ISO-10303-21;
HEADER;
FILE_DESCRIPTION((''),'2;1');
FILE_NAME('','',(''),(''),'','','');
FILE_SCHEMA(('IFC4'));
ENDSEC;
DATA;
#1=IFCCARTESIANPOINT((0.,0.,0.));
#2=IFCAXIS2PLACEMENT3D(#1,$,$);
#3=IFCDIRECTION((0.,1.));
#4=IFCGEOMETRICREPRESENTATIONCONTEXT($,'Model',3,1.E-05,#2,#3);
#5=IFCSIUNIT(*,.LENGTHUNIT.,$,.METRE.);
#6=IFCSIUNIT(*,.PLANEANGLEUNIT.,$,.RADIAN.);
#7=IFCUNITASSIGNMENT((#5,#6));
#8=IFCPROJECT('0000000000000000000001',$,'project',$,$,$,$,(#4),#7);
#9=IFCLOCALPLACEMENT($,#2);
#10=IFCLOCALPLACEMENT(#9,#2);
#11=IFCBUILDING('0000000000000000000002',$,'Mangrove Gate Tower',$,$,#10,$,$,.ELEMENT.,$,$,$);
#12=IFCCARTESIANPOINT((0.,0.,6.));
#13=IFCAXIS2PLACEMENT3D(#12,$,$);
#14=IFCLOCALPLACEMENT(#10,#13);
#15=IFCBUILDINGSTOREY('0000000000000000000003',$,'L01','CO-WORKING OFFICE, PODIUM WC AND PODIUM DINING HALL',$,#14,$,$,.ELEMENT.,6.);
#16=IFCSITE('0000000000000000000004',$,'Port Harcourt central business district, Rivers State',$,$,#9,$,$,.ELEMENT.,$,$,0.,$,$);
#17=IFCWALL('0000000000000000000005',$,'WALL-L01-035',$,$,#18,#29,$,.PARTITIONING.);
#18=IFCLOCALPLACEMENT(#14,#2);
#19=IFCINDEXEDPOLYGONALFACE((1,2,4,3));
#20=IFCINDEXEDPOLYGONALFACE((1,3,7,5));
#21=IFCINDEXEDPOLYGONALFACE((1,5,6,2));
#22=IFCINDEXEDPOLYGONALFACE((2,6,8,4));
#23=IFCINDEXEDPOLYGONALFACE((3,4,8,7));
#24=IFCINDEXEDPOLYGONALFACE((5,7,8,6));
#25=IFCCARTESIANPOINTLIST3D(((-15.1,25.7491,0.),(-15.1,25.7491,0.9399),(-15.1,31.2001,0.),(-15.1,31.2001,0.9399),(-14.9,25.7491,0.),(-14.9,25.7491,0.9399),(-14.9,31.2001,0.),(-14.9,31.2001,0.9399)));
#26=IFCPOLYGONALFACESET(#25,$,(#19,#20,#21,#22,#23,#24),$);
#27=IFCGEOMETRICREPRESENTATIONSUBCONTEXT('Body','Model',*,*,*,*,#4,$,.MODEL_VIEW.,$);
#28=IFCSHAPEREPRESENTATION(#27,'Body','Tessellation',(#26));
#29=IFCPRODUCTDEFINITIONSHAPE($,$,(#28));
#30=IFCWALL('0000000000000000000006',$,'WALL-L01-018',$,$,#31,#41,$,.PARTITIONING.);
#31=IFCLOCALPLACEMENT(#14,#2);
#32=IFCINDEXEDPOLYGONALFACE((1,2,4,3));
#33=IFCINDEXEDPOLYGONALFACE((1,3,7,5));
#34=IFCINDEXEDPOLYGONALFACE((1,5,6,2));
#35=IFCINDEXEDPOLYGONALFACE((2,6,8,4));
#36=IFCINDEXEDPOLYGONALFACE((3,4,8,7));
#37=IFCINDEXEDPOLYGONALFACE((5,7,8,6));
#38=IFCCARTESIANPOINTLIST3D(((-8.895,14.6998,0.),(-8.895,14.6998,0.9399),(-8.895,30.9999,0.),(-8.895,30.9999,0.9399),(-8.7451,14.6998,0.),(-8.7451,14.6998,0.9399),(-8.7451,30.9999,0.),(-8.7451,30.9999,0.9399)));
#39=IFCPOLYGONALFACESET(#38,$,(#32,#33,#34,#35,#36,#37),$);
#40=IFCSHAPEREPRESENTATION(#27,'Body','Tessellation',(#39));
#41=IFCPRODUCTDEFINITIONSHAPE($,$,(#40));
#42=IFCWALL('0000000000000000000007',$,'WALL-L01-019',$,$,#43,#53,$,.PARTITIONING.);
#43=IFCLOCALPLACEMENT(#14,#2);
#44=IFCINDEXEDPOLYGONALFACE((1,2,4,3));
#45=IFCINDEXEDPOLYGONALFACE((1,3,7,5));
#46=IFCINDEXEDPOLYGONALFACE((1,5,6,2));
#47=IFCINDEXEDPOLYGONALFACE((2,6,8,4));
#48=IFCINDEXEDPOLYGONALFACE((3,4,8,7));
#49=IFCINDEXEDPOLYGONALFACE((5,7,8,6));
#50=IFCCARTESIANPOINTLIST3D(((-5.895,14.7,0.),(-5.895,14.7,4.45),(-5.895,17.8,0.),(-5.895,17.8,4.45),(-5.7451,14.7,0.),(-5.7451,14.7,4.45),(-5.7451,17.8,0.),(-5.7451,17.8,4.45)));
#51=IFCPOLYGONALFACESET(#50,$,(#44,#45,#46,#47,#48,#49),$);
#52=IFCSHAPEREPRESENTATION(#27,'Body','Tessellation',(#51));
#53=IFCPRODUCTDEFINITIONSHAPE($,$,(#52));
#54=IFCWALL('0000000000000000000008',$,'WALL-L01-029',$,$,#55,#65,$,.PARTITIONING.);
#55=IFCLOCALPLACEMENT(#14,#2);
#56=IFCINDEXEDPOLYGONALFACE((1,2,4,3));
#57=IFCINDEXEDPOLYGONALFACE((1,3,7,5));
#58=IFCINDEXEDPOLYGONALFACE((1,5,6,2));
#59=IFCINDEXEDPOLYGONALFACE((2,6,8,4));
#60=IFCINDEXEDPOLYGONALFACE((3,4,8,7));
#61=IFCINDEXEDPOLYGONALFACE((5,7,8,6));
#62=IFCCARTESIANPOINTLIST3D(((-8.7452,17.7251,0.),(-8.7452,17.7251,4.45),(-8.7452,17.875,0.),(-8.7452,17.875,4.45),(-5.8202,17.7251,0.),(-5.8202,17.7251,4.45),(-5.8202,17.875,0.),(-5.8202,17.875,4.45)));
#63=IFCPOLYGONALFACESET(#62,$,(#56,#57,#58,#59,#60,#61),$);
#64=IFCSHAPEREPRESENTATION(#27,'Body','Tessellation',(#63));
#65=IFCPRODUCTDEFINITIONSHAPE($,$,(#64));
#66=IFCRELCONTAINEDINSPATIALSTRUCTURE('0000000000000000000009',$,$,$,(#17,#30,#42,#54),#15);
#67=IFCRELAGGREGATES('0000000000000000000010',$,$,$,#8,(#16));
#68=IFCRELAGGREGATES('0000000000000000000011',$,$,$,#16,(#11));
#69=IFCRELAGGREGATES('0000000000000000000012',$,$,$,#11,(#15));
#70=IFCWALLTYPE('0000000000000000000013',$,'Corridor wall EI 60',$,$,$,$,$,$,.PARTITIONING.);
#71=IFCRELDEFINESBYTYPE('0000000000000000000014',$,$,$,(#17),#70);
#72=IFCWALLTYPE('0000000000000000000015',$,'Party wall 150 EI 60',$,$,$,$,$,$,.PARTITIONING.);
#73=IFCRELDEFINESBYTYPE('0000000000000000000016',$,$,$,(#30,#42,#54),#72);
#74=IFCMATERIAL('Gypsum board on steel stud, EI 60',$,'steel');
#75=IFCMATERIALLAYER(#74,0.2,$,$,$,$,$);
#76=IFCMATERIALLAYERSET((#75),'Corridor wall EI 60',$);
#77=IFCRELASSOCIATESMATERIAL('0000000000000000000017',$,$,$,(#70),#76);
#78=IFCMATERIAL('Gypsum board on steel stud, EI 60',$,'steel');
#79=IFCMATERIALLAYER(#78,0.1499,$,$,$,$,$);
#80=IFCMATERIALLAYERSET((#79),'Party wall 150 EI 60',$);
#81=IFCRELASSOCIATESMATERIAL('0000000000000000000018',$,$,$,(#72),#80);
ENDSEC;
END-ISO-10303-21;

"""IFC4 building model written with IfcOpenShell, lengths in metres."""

from ifc_helpers import new_model, si_unit, direction, frame, frame_2d, origin, place, context, subcontext, project, spatial, rectangle, extrude, material, layer, layer_set, type_object, element, save


model = new_model("IFC4")

# Units and contexts
model_context = context("Model", 3, precision=1e-05, world=origin(), true_north=direction((0.0, 1.0)))
body_context = subcontext(model_context, "Body", "Model", "MODEL_VIEW")
ifc_project = project(units=[si_unit("LENGTHUNIT", "METRE"), si_unit("PLANEANGLEUNIT", "RADIAN")], contexts=[model_context])

# Site, building, storey
site_placement = place(None, origin())
site = spatial("IfcSite", under=ifc_project, at=site_placement, Name="Port Harcourt central business district, Rivers State", CompositionType="ELEMENT", RefElevation=0.0)
building_placement = place(site_placement, origin())
building = spatial("IfcBuilding", under=site, at=building_placement, Name="Mangrove Gate Tower", CompositionType="ELEMENT")
storey_placement = place(building_placement, frame((0.0, 0.0, 6.0)))
storey = spatial("IfcBuildingStorey", under=building, at=storey_placement, Name="L01", Description="CO-WORKING OFFICE, PODIUM WC AND PODIUM DINING HALL", CompositionType="ELEMENT", Elevation=6.0)

# Shared definitions
ifc_material_1 = material(Name="Gypsum board on steel stud, EI 60", Category="steel")
ifc_layer_1 = layer(ifc_material_1, 0.2)
ifc_layer_set_1 = layer_set([ifc_layer_1], Name="Corridor wall EI 60")
wall_type_1 = type_object("IfcWallType", Name="Corridor wall EI 60", PredefinedType="PARTITIONING", material=ifc_layer_set_1)

# Walls
wall_1_placement = place(storey_placement, frame((-15.0, 25.749, 0.0), z_axis=(0.0, 0.0, 1.0), x_axis=(0.0, 1.0, 0.0)))
element("IfcWall", 1, at=wall_1_placement, inside=storey, type_object=wall_type_1, Name="WALL-L01-035", PredefinedType="PARTITIONING", context=body_context, shape_type="SweptSolid", body=[
    extrude(rectangle(XDim=5.4509, YDim=0.2, at=frame_2d((2.7256, 0.0))), origin(), (0.0, 0.0, 1.0), 0.9399),
])
ifc_material_2 = material(Name="Gypsum board on steel stud, EI 60", Category="steel")
ifc_layer_2 = layer(ifc_material_2, 0.1499)
ifc_layer_set_2 = layer_set([ifc_layer_2], Name="Party wall 150 EI 60")
wall_type_2 = type_object("IfcWallType", Name="Party wall 150 EI 60", PredefinedType="PARTITIONING", material=ifc_layer_set_2)
wall_2_placement = place(storey_placement, frame((-8.8201, 14.7, 0.0), z_axis=(0.0, 0.0, 1.0), x_axis=(0.0, 1.0, 0.0)))
element("IfcWall", 2, at=wall_2_placement, inside=storey, type_object=wall_type_2, Name="WALL-L01-018", PredefinedType="PARTITIONING", context=body_context, shape_type="SweptSolid", body=[
    extrude(rectangle(XDim=16.3, YDim=0.1499, at=frame_2d((8.1499, 0.0))), origin(), (0.0, 0.0, 1.0), 0.9399),
])
wall_3_placement = place(storey_placement, frame((-5.8201, 14.7, 0.0), z_axis=(0.0, 0.0, 1.0), x_axis=(0.0, 1.0, 0.0)))
element("IfcWall", 3, at=wall_3_placement, inside=storey, type_object=wall_type_2, Name="WALL-L01-019", PredefinedType="PARTITIONING", context=body_context, shape_type="SweptSolid", body=[
    extrude(rectangle(XDim=3.1001, YDim=0.1499, at=frame_2d((1.55, 0.0))), origin(), (0.0, 0.0, 1.0), 4.45),
])
wall_4_placement = place(storey_placement, frame((-8.7451, 17.8, 0.0), z_axis=(0.0, 0.0, 1.0), x_axis=(1.0, 0.0, 0.0)))
element("IfcWall", 4, at=wall_4_placement, inside=storey, type_object=wall_type_2, Name="WALL-L01-029", PredefinedType="PARTITIONING", context=body_context, shape_type="SweptSolid", body=[
    extrude(rectangle(XDim=2.925, YDim=0.1499, at=frame_2d((1.4624, 0.0))), origin(), (0.0, 0.0, 1.0), 4.45),
])

save(model, "model.ifc")
